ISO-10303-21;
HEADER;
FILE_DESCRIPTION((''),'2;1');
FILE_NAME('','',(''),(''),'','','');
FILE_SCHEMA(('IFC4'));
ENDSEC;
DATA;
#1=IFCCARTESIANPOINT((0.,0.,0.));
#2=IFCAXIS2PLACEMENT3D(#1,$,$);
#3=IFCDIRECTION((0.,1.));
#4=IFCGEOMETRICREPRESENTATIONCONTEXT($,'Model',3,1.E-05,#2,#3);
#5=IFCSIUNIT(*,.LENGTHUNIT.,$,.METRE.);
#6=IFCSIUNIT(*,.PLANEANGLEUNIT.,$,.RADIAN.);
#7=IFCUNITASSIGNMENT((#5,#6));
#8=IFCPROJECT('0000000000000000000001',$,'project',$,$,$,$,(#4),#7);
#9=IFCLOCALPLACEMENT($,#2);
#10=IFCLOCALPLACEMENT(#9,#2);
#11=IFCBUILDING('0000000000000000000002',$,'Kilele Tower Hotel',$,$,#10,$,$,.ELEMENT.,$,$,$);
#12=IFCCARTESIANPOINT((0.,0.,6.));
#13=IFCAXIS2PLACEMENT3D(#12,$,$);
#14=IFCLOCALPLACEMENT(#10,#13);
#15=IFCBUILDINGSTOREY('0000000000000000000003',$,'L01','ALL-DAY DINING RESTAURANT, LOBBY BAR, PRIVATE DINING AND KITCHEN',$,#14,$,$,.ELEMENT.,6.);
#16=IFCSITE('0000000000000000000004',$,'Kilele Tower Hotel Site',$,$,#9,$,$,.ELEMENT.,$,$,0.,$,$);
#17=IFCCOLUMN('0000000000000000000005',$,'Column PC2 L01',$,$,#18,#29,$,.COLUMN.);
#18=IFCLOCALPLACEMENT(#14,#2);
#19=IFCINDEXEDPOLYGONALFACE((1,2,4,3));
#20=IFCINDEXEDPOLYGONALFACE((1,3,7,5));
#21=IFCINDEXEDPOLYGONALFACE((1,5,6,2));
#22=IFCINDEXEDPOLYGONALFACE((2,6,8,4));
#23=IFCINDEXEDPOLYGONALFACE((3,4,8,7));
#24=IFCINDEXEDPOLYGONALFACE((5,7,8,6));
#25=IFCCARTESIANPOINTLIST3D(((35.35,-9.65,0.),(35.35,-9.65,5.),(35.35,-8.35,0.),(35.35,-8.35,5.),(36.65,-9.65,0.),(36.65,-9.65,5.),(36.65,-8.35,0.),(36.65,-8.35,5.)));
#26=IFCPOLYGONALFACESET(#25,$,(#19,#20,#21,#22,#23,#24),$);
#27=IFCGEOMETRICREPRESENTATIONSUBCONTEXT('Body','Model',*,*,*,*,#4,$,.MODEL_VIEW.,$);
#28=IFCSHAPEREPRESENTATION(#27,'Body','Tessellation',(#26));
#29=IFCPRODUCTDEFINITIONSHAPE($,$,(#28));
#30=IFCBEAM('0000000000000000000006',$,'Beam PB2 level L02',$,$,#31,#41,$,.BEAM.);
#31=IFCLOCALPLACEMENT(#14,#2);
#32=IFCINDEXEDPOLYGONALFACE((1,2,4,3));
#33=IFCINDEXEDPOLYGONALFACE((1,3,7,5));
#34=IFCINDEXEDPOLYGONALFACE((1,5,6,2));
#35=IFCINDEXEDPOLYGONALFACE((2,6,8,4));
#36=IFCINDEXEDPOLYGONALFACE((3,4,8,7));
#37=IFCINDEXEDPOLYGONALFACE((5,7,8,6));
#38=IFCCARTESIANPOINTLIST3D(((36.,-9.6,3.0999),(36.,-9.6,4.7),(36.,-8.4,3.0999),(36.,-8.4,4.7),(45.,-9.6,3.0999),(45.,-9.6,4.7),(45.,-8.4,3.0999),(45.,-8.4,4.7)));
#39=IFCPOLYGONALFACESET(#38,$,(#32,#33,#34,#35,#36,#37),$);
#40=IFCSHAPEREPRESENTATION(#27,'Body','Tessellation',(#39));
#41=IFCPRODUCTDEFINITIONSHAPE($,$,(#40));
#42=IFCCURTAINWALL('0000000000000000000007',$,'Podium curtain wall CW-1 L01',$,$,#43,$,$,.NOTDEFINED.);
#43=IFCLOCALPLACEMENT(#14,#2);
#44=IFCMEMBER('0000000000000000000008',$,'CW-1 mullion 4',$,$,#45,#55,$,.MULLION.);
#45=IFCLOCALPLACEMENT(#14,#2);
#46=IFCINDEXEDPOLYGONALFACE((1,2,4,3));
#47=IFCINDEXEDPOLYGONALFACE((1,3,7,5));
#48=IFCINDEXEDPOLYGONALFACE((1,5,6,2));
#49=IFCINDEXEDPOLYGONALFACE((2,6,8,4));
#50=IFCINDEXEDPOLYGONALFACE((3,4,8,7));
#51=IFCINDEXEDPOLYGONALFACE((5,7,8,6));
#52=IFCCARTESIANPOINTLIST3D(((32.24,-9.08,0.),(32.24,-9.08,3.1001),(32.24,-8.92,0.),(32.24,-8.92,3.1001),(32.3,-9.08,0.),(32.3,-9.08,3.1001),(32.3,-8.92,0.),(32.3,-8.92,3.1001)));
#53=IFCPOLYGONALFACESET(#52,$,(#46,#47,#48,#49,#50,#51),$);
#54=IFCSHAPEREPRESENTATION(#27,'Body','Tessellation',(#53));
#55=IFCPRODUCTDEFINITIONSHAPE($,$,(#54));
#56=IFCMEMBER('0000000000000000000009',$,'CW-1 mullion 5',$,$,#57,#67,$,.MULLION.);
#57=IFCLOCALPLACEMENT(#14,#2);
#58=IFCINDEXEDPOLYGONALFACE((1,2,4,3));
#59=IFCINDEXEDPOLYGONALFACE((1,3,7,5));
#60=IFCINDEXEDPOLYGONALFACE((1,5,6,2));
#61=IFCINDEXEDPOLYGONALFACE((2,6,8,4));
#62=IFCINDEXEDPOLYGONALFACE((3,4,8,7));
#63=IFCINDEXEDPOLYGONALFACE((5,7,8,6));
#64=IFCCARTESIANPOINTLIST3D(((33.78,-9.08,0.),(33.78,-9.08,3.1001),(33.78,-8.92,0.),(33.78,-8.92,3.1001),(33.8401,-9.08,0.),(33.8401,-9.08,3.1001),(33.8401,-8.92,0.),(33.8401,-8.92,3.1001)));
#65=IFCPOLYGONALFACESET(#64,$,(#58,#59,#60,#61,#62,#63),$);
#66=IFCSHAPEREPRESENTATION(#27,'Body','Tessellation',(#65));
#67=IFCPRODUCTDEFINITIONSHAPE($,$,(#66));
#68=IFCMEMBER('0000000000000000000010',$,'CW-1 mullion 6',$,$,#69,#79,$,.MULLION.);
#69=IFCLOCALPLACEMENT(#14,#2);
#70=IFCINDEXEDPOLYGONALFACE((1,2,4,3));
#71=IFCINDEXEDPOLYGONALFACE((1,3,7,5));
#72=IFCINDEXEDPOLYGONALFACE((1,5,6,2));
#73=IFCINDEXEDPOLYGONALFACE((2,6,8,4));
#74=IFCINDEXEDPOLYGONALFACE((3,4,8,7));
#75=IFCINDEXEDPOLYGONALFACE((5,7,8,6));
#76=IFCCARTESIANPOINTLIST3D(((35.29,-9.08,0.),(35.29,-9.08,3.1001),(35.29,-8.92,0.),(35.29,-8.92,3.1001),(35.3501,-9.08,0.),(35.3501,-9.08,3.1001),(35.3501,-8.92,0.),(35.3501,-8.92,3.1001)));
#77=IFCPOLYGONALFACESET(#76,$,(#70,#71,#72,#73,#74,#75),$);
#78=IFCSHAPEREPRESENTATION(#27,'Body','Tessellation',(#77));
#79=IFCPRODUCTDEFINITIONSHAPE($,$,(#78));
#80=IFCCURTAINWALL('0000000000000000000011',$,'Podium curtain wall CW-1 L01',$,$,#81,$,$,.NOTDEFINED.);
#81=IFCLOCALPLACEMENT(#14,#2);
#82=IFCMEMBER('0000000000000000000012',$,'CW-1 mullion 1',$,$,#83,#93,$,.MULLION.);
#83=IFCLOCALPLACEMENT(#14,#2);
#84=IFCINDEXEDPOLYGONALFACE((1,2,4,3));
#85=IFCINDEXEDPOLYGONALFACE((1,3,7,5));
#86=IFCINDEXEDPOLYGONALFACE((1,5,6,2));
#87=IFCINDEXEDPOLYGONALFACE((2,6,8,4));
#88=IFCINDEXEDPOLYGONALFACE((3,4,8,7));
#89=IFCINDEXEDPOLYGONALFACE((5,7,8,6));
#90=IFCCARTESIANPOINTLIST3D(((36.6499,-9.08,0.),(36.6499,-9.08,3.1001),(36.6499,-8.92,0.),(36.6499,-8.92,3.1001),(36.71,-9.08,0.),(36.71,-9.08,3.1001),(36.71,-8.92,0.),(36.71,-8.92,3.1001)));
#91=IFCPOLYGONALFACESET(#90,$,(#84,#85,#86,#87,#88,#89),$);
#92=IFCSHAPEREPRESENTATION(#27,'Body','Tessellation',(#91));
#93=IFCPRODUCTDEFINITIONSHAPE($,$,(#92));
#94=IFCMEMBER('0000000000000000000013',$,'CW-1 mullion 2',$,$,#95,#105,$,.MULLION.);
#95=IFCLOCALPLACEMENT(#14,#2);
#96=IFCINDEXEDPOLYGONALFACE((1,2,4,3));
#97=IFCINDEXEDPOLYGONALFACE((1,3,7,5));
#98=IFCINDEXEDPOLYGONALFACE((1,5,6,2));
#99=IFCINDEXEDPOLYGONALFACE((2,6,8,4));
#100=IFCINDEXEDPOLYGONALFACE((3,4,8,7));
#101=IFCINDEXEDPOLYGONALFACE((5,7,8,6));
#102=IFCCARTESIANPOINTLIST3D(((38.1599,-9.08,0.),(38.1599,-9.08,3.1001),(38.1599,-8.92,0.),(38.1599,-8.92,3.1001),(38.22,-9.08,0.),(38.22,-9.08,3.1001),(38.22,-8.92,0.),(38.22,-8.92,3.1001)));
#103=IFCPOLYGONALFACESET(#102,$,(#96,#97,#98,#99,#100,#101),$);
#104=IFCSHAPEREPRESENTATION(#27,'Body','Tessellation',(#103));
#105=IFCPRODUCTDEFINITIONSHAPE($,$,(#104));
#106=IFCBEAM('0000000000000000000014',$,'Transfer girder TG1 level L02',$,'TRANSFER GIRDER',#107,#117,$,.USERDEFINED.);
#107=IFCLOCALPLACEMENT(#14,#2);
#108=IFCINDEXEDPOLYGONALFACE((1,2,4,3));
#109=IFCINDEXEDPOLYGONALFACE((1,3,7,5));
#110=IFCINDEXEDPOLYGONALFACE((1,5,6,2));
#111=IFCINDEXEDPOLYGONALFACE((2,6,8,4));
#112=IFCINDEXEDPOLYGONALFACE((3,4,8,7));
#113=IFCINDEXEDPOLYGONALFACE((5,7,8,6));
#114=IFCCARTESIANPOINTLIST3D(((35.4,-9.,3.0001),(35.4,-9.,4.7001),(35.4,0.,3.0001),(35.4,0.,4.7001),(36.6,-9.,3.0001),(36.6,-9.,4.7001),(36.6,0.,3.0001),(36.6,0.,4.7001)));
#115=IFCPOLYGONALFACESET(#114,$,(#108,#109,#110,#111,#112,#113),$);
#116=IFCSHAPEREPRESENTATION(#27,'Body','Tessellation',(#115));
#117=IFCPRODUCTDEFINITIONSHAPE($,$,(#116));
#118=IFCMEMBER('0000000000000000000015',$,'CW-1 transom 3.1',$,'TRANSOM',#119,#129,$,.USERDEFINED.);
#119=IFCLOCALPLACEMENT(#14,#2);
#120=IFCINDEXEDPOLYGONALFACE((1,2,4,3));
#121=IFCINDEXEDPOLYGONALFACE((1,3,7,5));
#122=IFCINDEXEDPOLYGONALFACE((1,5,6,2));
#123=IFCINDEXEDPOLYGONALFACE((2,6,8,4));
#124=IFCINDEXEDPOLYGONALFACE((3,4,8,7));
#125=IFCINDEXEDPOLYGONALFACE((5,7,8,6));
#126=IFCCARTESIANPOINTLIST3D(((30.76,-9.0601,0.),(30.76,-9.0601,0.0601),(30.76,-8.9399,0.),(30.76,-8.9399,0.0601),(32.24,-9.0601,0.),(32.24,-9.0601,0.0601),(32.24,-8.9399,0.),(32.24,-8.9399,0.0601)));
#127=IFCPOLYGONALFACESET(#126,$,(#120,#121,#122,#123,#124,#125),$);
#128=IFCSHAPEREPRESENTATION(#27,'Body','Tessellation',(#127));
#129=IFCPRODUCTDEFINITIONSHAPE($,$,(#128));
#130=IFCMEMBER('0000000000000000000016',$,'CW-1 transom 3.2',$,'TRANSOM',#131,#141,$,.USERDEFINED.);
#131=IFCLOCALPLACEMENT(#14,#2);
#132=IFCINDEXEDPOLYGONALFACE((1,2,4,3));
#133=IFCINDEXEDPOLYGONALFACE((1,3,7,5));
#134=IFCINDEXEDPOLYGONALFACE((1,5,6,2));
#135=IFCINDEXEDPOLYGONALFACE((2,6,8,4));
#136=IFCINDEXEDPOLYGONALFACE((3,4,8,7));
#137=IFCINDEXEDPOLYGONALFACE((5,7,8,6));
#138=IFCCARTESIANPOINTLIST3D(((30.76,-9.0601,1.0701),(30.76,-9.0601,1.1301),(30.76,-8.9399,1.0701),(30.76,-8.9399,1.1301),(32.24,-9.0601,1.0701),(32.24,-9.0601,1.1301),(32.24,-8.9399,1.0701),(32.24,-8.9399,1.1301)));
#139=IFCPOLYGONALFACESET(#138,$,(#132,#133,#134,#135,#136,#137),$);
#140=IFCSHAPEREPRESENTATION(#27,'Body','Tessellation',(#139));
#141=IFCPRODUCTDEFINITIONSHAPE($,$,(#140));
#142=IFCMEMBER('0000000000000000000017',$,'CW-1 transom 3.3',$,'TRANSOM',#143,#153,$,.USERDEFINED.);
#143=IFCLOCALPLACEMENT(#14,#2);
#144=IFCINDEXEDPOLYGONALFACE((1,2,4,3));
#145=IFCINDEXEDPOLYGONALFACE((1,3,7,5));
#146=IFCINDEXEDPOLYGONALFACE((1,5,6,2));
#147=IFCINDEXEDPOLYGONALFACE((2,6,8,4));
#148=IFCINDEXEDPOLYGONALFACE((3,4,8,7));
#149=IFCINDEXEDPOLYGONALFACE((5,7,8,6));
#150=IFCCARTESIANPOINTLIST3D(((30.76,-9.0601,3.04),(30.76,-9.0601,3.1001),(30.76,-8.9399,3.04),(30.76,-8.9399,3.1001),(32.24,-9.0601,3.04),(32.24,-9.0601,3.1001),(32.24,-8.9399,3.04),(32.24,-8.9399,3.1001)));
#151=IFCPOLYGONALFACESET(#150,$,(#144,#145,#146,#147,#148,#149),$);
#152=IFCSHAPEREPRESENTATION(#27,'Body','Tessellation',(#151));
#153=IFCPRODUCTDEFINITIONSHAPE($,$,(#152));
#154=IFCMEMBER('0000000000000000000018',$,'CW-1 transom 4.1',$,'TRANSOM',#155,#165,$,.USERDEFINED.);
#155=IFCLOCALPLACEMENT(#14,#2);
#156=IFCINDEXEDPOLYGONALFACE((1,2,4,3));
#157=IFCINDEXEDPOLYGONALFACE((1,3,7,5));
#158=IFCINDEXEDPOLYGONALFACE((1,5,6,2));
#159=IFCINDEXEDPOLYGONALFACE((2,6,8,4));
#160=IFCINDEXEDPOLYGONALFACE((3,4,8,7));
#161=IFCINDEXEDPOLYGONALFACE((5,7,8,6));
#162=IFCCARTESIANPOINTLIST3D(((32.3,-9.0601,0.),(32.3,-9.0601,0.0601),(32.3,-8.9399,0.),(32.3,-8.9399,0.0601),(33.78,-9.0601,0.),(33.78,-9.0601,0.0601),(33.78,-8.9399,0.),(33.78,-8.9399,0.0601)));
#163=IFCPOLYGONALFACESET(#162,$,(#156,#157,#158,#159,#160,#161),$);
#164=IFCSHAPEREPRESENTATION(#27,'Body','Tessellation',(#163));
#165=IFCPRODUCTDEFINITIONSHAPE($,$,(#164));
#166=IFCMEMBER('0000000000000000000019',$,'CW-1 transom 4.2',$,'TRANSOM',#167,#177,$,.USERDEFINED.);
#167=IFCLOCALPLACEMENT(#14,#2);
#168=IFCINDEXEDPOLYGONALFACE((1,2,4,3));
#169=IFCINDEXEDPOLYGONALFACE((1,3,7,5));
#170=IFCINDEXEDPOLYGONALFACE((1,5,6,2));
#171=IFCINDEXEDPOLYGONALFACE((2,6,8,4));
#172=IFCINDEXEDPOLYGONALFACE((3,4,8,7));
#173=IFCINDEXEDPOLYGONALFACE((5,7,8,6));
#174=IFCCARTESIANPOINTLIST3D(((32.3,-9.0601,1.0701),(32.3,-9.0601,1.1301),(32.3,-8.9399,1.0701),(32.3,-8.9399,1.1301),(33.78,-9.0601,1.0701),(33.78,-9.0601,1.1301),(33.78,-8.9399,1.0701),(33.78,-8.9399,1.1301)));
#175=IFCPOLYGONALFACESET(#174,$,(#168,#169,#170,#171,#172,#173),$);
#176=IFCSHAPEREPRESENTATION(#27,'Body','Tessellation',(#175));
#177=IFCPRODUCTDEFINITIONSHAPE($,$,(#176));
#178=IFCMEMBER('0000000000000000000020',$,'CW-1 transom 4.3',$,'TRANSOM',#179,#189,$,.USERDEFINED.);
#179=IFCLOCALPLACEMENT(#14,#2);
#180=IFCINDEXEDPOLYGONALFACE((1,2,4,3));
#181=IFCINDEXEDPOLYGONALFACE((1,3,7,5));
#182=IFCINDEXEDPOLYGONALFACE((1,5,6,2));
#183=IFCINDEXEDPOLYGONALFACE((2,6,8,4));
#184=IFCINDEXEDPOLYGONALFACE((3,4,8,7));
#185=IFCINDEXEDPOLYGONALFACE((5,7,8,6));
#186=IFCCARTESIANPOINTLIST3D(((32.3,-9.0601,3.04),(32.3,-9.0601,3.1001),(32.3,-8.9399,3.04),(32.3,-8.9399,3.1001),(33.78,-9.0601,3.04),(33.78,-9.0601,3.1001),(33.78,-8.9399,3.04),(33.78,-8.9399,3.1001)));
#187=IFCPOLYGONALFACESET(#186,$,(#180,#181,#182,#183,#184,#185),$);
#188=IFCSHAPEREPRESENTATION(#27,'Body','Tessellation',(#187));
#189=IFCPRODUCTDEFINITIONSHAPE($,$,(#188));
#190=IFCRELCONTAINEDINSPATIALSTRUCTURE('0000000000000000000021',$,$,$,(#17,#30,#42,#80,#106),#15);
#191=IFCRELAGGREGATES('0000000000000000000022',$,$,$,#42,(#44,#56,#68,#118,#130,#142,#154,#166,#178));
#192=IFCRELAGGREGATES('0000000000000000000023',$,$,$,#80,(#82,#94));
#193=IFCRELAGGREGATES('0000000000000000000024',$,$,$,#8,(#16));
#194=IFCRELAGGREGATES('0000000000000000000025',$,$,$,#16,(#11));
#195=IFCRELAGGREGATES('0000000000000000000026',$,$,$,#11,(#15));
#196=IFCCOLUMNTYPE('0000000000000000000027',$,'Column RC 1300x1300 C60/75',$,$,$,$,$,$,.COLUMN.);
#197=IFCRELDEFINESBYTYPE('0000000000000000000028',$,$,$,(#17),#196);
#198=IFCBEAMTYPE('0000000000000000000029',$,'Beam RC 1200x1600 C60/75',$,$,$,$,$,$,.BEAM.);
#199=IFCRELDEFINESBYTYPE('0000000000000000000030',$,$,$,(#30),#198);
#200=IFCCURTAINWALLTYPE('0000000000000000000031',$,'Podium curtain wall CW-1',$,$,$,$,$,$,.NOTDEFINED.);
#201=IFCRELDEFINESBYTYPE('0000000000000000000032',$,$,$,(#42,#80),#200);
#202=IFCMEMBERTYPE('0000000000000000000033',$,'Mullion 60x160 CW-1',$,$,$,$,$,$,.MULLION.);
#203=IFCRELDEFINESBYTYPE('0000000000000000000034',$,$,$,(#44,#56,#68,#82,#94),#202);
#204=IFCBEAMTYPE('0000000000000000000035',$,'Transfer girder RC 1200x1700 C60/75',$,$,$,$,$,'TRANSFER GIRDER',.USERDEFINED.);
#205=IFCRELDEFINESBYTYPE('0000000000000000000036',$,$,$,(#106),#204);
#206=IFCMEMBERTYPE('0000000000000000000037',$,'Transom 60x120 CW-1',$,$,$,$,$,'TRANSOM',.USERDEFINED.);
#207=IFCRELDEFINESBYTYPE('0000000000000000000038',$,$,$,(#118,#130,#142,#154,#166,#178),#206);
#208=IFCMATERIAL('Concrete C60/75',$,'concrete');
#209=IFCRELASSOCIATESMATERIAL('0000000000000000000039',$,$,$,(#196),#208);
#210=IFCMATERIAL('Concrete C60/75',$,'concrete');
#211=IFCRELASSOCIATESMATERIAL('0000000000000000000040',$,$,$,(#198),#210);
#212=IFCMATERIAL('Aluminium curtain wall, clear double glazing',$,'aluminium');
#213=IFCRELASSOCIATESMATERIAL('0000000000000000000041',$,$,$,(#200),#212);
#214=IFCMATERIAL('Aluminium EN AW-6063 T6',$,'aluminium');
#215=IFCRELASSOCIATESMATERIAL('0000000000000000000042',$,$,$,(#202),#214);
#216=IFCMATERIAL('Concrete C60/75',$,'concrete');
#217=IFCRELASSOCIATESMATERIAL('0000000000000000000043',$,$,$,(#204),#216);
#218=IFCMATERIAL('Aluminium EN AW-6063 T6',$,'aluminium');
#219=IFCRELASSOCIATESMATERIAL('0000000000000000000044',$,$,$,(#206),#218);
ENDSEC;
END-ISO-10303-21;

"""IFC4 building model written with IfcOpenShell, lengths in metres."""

from ifc_helpers import new_model, si_unit, direction, frame, origin, origin_2d, place, context, subcontext, project, spatial, rectangle, extrude, material, material_profile, profile_set, type_object, element, aggregate, save


model = new_model("IFC4")

# Units and contexts
model_context = context("Model", 3, precision=1e-05, world=origin(), true_north=direction((0.0, 1.0)))
body_context = subcontext(model_context, "Body", "Model", "MODEL_VIEW")
ifc_project = project(units=[si_unit("LENGTHUNIT", "METRE"), si_unit("PLANEANGLEUNIT", "RADIAN")], contexts=[model_context])

# Site, building, storey
site_placement = place(None, origin())
site = spatial("IfcSite", under=ifc_project, at=site_placement, Name="Kilele Tower Hotel Site", CompositionType="ELEMENT", RefElevation=0.0)
building_placement = place(site_placement, origin())
building = spatial("IfcBuilding", under=site, at=building_placement, Name="Kilele Tower Hotel", CompositionType="ELEMENT")
storey_placement = place(building_placement, frame((0.0, 0.0, 6.0)))
storey = spatial("IfcBuildingStorey", under=building, at=storey_placement, Name="L01", Description="ALL-DAY DINING RESTAURANT, LOBBY BAR, PRIVATE DINING AND KITCHEN", CompositionType="ELEMENT", Elevation=6.0)

# Column
ifc_material_1 = material(Name="Concrete C60/75", Category="concrete")
ifc_material_profile_1 = material_profile(ifc_material_1, rectangle(XDim=1.3, YDim=1.3, at=origin_2d()))
ifc_profile_set_1 = profile_set([ifc_material_profile_1], Name="Concrete C60/75")
column_type = type_object("IfcColumnType", Name="Column RC 1300x1300 C60/75", PredefinedType="COLUMN", material=ifc_profile_set_1)
column_placement = place(storey_placement, frame((36.0, -9.0, 0.0), z_axis=(0.0, 0.0, 1.0), x_axis=(1.0, 0.0, 0.0)))
element("IfcColumn", 1, at=column_placement, inside=storey, type_object=column_type, Name="Column PC2 L01", PredefinedType="COLUMN", context=body_context, shape_type="SweptSolid", body=[
    extrude(rectangle(XDim=1.3, YDim=1.3, at=origin_2d()), origin(), (0.0, 0.0, 1.0), 5.0),
])

# Beam
ifc_material_2 = material(Name="Concrete C60/75", Category="concrete")
ifc_material_profile_2 = material_profile(ifc_material_2, rectangle(XDim=1.2, YDim=1.6001, at=origin_2d()))
ifc_profile_set_2 = profile_set([ifc_material_profile_2], Name="Concrete C60/75")
beam_type_1 = type_object("IfcBeamType", Name="Beam RC 1200x1600 C60/75", PredefinedType="BEAM", material=ifc_profile_set_2)
beam_1_placement = place(storey_placement, frame((36.0, -9.0, 3.8999), z_axis=(1.0, 0.0, 0.0), x_axis=(0.0, 1.0, 0.0)))
element("IfcBeam", 2, at=beam_1_placement, inside=storey, type_object=beam_type_1, Name="Beam PB2 level L02", PredefinedType="BEAM", context=body_context, shape_type="SweptSolid", body=[
    extrude(rectangle(XDim=1.2, YDim=1.6001, at=origin_2d()), origin(), (0.0, 0.0, 1.0), 9.0),
])

# Curtain walls, members
ifc_material_3 = material(Name="Aluminium curtain wall, clear double glazing", Category="aluminium")
curtain_wall_type = type_object("IfcCurtainWallType", Name="Podium curtain wall CW-1", PredefinedType="NOTDEFINED", material=ifc_material_3)
curtain_wall_1_placement = place(storey_placement, origin())
curtain_wall_1 = element("IfcCurtainWall", 3, at=curtain_wall_1_placement, inside=storey, type_object=curtain_wall_type, Name="Podium curtain wall CW-1 L01", PredefinedType="NOTDEFINED")
ifc_material_4 = material(Name="Aluminium EN AW-6063 T6", Category="aluminium")
ifc_material_profile_3 = material_profile(ifc_material_4, rectangle(XDim=0.1599, YDim=0.0601, at=origin_2d()))
ifc_profile_set_3 = profile_set([ifc_material_profile_3], Name="Aluminium EN AW-6063 T6")
member_type_1 = type_object("IfcMemberType", Name="Mullion 60x160 CW-1", PredefinedType="MULLION", material=ifc_profile_set_3)
member_1_placement = place(storey_placement, frame((32.27, -9.0, 0.0), z_axis=(0.0, 0.0, 1.0), x_axis=(0.0, 1.0, 0.0)))
member_1 = element("IfcMember", 4, at=member_1_placement, type_object=member_type_1, Name="CW-1 mullion 4", PredefinedType="MULLION", context=body_context, shape_type="SweptSolid", body=[
    extrude(rectangle(XDim=0.1599, YDim=0.0601, at=origin_2d()), origin(), (0.0, 0.0, 1.0), 3.1001),
])
member_2_placement = place(storey_placement, frame((33.8101, -9.0, 0.0), z_axis=(0.0, 0.0, 1.0), x_axis=(0.0, 1.0, 0.0)))
member_2 = element("IfcMember", 5, at=member_2_placement, type_object=member_type_1, Name="CW-1 mullion 5", PredefinedType="MULLION", context=body_context, shape_type="SweptSolid", body=[
    extrude(rectangle(XDim=0.1599, YDim=0.0601, at=origin_2d()), origin(), (0.0, 0.0, 1.0), 3.1001),
])
member_3_placement = place(storey_placement, frame((35.3201, -9.0, 0.0), z_axis=(0.0, 0.0, 1.0), x_axis=(0.0, 1.0, 0.0)))
member_3 = element("IfcMember", 6, at=member_3_placement, type_object=member_type_1, Name="CW-1 mullion 6", PredefinedType="MULLION", context=body_context, shape_type="SweptSolid", body=[
    extrude(rectangle(XDim=0.1599, YDim=0.0601, at=origin_2d()), origin(), (0.0, 0.0, 1.0), 3.1001),
])
curtain_wall_2_placement = place(storey_placement, origin())
curtain_wall_2 = element("IfcCurtainWall", 7, at=curtain_wall_2_placement, inside=storey, type_object=curtain_wall_type, Name="Podium curtain wall CW-1 L01", PredefinedType="NOTDEFINED")
member_4_placement = place(storey_placement, frame((36.6799, -9.0, 0.0), z_axis=(0.0, 0.0, 1.0), x_axis=(0.0, 1.0, 0.0)))
member_4 = element("IfcMember", 8, at=member_4_placement, type_object=member_type_1, Name="CW-1 mullion 1", PredefinedType="MULLION", context=body_context, shape_type="SweptSolid", body=[
    extrude(rectangle(XDim=0.1599, YDim=0.0601, at=origin_2d()), origin(), (0.0, 0.0, 1.0), 3.1001),
])
member_5_placement = place(storey_placement, frame((38.1899, -9.0, 0.0), z_axis=(0.0, 0.0, 1.0), x_axis=(0.0, 1.0, 0.0)))
member_5 = element("IfcMember", 9, at=member_5_placement, type_object=member_type_1, Name="CW-1 mullion 2", PredefinedType="MULLION", context=body_context, shape_type="SweptSolid", body=[
    extrude(rectangle(XDim=0.1599, YDim=0.0601, at=origin_2d()), origin(), (0.0, 0.0, 1.0), 3.1001),
])

# Beam
ifc_material_5 = material(Name="Concrete C60/75", Category="concrete")
ifc_material_profile_4 = material_profile(ifc_material_5, rectangle(XDim=1.2, YDim=1.7, at=origin_2d()))
ifc_profile_set_4 = profile_set([ifc_material_profile_4], Name="Concrete C60/75")
beam_type_2 = type_object("IfcBeamType", Name="Transfer girder RC 1200x1700 C60/75", ElementType="TRANSFER GIRDER", PredefinedType="USERDEFINED", material=ifc_profile_set_4)
beam_2_placement = place(storey_placement, frame((36.0, -9.0, 3.8501), z_axis=(0.0, 1.0, 0.0), x_axis=(-1.0, 0.0, 0.0)))
element("IfcBeam", 10, at=beam_2_placement, inside=storey, type_object=beam_type_2, Name="Transfer girder TG1 level L02", ObjectType="TRANSFER GIRDER", PredefinedType="USERDEFINED", context=body_context, shape_type="SweptSolid", body=[
    extrude(rectangle(XDim=1.2, YDim=1.7, at=origin_2d()), origin(), (0.0, 0.0, 1.0), 9.0),
])

# Members
ifc_material_6 = material(Name="Aluminium EN AW-6063 T6", Category="aluminium")
ifc_material_profile_5 = material_profile(ifc_material_6, rectangle(XDim=0.1201, YDim=0.0601, at=origin_2d()))
ifc_profile_set_5 = profile_set([ifc_material_profile_5], Name="Aluminium EN AW-6063 T6")
member_type_2 = type_object("IfcMemberType", Name="Transom 60x120 CW-1", ElementType="TRANSOM", PredefinedType="USERDEFINED", material=ifc_profile_set_5)
member_6_placement = place(storey_placement, frame((30.76, -9.0, 0.03), z_axis=(1.0, 0.0, 0.0), x_axis=(0.0, 1.0, 0.0)))
member_6 = element("IfcMember", 11, at=member_6_placement, type_object=member_type_2, Name="CW-1 transom 3.1", ObjectType="TRANSOM", PredefinedType="USERDEFINED", context=body_context, shape_type="SweptSolid", body=[
    extrude(rectangle(XDim=0.1201, YDim=0.0601, at=origin_2d()), origin(), (0.0, 0.0, 1.0), 1.48),
])
member_7_placement = place(storey_placement, frame((30.76, -9.0, 1.1001), z_axis=(1.0, 0.0, 0.0), x_axis=(0.0, 1.0, 0.0)))
member_7 = element("IfcMember", 12, at=member_7_placement, type_object=member_type_2, Name="CW-1 transom 3.2", ObjectType="TRANSOM", PredefinedType="USERDEFINED", context=body_context, shape_type="SweptSolid", body=[
    extrude(rectangle(XDim=0.1201, YDim=0.0601, at=origin_2d()), origin(), (0.0, 0.0, 1.0), 1.48),
])
member_8_placement = place(storey_placement, frame((30.76, -9.0, 3.0701), z_axis=(1.0, 0.0, 0.0), x_axis=(0.0, 1.0, 0.0)))
member_8 = element("IfcMember", 13, at=member_8_placement, type_object=member_type_2, Name="CW-1 transom 3.3", ObjectType="TRANSOM", PredefinedType="USERDEFINED", context=body_context, shape_type="SweptSolid", body=[
    extrude(rectangle(XDim=0.1201, YDim=0.0601, at=origin_2d()), origin(), (0.0, 0.0, 1.0), 1.48),
])
member_9_placement = place(storey_placement, frame((32.3, -9.0, 0.03), z_axis=(1.0, 0.0, 0.0), x_axis=(0.0, 1.0, 0.0)))
member_9 = element("IfcMember", 14, at=member_9_placement, type_object=member_type_2, Name="CW-1 transom 4.1", ObjectType="TRANSOM", PredefinedType="USERDEFINED", context=body_context, shape_type="SweptSolid", body=[
    extrude(rectangle(XDim=0.1201, YDim=0.0601, at=origin_2d()), origin(), (0.0, 0.0, 1.0), 1.48),
])
member_10_placement = place(storey_placement, frame((32.3, -9.0, 1.1001), z_axis=(1.0, 0.0, 0.0), x_axis=(0.0, 1.0, 0.0)))
member_10 = element("IfcMember", 15, at=member_10_placement, type_object=member_type_2, Name="CW-1 transom 4.2", ObjectType="TRANSOM", PredefinedType="USERDEFINED", context=body_context, shape_type="SweptSolid", body=[
    extrude(rectangle(XDim=0.1201, YDim=0.0601, at=origin_2d()), origin(), (0.0, 0.0, 1.0), 1.48),
])
member_11_placement = place(storey_placement, frame((32.3, -9.0, 3.0701), z_axis=(1.0, 0.0, 0.0), x_axis=(0.0, 1.0, 0.0)))
member_11 = element("IfcMember", 16, at=member_11_placement, type_object=member_type_2, Name="CW-1 transom 4.3", ObjectType="TRANSOM", PredefinedType="USERDEFINED", context=body_context, shape_type="SweptSolid", body=[
    extrude(rectangle(XDim=0.1201, YDim=0.0601, at=origin_2d()), origin(), (0.0, 0.0, 1.0), 1.48),
])

aggregate(curtain_wall_1, [member_1, member_2, member_3, member_6, member_7, member_8, member_9, member_10, member_11])
aggregate(curtain_wall_2, [member_4, member_5])

save(model, "model.ifc")
